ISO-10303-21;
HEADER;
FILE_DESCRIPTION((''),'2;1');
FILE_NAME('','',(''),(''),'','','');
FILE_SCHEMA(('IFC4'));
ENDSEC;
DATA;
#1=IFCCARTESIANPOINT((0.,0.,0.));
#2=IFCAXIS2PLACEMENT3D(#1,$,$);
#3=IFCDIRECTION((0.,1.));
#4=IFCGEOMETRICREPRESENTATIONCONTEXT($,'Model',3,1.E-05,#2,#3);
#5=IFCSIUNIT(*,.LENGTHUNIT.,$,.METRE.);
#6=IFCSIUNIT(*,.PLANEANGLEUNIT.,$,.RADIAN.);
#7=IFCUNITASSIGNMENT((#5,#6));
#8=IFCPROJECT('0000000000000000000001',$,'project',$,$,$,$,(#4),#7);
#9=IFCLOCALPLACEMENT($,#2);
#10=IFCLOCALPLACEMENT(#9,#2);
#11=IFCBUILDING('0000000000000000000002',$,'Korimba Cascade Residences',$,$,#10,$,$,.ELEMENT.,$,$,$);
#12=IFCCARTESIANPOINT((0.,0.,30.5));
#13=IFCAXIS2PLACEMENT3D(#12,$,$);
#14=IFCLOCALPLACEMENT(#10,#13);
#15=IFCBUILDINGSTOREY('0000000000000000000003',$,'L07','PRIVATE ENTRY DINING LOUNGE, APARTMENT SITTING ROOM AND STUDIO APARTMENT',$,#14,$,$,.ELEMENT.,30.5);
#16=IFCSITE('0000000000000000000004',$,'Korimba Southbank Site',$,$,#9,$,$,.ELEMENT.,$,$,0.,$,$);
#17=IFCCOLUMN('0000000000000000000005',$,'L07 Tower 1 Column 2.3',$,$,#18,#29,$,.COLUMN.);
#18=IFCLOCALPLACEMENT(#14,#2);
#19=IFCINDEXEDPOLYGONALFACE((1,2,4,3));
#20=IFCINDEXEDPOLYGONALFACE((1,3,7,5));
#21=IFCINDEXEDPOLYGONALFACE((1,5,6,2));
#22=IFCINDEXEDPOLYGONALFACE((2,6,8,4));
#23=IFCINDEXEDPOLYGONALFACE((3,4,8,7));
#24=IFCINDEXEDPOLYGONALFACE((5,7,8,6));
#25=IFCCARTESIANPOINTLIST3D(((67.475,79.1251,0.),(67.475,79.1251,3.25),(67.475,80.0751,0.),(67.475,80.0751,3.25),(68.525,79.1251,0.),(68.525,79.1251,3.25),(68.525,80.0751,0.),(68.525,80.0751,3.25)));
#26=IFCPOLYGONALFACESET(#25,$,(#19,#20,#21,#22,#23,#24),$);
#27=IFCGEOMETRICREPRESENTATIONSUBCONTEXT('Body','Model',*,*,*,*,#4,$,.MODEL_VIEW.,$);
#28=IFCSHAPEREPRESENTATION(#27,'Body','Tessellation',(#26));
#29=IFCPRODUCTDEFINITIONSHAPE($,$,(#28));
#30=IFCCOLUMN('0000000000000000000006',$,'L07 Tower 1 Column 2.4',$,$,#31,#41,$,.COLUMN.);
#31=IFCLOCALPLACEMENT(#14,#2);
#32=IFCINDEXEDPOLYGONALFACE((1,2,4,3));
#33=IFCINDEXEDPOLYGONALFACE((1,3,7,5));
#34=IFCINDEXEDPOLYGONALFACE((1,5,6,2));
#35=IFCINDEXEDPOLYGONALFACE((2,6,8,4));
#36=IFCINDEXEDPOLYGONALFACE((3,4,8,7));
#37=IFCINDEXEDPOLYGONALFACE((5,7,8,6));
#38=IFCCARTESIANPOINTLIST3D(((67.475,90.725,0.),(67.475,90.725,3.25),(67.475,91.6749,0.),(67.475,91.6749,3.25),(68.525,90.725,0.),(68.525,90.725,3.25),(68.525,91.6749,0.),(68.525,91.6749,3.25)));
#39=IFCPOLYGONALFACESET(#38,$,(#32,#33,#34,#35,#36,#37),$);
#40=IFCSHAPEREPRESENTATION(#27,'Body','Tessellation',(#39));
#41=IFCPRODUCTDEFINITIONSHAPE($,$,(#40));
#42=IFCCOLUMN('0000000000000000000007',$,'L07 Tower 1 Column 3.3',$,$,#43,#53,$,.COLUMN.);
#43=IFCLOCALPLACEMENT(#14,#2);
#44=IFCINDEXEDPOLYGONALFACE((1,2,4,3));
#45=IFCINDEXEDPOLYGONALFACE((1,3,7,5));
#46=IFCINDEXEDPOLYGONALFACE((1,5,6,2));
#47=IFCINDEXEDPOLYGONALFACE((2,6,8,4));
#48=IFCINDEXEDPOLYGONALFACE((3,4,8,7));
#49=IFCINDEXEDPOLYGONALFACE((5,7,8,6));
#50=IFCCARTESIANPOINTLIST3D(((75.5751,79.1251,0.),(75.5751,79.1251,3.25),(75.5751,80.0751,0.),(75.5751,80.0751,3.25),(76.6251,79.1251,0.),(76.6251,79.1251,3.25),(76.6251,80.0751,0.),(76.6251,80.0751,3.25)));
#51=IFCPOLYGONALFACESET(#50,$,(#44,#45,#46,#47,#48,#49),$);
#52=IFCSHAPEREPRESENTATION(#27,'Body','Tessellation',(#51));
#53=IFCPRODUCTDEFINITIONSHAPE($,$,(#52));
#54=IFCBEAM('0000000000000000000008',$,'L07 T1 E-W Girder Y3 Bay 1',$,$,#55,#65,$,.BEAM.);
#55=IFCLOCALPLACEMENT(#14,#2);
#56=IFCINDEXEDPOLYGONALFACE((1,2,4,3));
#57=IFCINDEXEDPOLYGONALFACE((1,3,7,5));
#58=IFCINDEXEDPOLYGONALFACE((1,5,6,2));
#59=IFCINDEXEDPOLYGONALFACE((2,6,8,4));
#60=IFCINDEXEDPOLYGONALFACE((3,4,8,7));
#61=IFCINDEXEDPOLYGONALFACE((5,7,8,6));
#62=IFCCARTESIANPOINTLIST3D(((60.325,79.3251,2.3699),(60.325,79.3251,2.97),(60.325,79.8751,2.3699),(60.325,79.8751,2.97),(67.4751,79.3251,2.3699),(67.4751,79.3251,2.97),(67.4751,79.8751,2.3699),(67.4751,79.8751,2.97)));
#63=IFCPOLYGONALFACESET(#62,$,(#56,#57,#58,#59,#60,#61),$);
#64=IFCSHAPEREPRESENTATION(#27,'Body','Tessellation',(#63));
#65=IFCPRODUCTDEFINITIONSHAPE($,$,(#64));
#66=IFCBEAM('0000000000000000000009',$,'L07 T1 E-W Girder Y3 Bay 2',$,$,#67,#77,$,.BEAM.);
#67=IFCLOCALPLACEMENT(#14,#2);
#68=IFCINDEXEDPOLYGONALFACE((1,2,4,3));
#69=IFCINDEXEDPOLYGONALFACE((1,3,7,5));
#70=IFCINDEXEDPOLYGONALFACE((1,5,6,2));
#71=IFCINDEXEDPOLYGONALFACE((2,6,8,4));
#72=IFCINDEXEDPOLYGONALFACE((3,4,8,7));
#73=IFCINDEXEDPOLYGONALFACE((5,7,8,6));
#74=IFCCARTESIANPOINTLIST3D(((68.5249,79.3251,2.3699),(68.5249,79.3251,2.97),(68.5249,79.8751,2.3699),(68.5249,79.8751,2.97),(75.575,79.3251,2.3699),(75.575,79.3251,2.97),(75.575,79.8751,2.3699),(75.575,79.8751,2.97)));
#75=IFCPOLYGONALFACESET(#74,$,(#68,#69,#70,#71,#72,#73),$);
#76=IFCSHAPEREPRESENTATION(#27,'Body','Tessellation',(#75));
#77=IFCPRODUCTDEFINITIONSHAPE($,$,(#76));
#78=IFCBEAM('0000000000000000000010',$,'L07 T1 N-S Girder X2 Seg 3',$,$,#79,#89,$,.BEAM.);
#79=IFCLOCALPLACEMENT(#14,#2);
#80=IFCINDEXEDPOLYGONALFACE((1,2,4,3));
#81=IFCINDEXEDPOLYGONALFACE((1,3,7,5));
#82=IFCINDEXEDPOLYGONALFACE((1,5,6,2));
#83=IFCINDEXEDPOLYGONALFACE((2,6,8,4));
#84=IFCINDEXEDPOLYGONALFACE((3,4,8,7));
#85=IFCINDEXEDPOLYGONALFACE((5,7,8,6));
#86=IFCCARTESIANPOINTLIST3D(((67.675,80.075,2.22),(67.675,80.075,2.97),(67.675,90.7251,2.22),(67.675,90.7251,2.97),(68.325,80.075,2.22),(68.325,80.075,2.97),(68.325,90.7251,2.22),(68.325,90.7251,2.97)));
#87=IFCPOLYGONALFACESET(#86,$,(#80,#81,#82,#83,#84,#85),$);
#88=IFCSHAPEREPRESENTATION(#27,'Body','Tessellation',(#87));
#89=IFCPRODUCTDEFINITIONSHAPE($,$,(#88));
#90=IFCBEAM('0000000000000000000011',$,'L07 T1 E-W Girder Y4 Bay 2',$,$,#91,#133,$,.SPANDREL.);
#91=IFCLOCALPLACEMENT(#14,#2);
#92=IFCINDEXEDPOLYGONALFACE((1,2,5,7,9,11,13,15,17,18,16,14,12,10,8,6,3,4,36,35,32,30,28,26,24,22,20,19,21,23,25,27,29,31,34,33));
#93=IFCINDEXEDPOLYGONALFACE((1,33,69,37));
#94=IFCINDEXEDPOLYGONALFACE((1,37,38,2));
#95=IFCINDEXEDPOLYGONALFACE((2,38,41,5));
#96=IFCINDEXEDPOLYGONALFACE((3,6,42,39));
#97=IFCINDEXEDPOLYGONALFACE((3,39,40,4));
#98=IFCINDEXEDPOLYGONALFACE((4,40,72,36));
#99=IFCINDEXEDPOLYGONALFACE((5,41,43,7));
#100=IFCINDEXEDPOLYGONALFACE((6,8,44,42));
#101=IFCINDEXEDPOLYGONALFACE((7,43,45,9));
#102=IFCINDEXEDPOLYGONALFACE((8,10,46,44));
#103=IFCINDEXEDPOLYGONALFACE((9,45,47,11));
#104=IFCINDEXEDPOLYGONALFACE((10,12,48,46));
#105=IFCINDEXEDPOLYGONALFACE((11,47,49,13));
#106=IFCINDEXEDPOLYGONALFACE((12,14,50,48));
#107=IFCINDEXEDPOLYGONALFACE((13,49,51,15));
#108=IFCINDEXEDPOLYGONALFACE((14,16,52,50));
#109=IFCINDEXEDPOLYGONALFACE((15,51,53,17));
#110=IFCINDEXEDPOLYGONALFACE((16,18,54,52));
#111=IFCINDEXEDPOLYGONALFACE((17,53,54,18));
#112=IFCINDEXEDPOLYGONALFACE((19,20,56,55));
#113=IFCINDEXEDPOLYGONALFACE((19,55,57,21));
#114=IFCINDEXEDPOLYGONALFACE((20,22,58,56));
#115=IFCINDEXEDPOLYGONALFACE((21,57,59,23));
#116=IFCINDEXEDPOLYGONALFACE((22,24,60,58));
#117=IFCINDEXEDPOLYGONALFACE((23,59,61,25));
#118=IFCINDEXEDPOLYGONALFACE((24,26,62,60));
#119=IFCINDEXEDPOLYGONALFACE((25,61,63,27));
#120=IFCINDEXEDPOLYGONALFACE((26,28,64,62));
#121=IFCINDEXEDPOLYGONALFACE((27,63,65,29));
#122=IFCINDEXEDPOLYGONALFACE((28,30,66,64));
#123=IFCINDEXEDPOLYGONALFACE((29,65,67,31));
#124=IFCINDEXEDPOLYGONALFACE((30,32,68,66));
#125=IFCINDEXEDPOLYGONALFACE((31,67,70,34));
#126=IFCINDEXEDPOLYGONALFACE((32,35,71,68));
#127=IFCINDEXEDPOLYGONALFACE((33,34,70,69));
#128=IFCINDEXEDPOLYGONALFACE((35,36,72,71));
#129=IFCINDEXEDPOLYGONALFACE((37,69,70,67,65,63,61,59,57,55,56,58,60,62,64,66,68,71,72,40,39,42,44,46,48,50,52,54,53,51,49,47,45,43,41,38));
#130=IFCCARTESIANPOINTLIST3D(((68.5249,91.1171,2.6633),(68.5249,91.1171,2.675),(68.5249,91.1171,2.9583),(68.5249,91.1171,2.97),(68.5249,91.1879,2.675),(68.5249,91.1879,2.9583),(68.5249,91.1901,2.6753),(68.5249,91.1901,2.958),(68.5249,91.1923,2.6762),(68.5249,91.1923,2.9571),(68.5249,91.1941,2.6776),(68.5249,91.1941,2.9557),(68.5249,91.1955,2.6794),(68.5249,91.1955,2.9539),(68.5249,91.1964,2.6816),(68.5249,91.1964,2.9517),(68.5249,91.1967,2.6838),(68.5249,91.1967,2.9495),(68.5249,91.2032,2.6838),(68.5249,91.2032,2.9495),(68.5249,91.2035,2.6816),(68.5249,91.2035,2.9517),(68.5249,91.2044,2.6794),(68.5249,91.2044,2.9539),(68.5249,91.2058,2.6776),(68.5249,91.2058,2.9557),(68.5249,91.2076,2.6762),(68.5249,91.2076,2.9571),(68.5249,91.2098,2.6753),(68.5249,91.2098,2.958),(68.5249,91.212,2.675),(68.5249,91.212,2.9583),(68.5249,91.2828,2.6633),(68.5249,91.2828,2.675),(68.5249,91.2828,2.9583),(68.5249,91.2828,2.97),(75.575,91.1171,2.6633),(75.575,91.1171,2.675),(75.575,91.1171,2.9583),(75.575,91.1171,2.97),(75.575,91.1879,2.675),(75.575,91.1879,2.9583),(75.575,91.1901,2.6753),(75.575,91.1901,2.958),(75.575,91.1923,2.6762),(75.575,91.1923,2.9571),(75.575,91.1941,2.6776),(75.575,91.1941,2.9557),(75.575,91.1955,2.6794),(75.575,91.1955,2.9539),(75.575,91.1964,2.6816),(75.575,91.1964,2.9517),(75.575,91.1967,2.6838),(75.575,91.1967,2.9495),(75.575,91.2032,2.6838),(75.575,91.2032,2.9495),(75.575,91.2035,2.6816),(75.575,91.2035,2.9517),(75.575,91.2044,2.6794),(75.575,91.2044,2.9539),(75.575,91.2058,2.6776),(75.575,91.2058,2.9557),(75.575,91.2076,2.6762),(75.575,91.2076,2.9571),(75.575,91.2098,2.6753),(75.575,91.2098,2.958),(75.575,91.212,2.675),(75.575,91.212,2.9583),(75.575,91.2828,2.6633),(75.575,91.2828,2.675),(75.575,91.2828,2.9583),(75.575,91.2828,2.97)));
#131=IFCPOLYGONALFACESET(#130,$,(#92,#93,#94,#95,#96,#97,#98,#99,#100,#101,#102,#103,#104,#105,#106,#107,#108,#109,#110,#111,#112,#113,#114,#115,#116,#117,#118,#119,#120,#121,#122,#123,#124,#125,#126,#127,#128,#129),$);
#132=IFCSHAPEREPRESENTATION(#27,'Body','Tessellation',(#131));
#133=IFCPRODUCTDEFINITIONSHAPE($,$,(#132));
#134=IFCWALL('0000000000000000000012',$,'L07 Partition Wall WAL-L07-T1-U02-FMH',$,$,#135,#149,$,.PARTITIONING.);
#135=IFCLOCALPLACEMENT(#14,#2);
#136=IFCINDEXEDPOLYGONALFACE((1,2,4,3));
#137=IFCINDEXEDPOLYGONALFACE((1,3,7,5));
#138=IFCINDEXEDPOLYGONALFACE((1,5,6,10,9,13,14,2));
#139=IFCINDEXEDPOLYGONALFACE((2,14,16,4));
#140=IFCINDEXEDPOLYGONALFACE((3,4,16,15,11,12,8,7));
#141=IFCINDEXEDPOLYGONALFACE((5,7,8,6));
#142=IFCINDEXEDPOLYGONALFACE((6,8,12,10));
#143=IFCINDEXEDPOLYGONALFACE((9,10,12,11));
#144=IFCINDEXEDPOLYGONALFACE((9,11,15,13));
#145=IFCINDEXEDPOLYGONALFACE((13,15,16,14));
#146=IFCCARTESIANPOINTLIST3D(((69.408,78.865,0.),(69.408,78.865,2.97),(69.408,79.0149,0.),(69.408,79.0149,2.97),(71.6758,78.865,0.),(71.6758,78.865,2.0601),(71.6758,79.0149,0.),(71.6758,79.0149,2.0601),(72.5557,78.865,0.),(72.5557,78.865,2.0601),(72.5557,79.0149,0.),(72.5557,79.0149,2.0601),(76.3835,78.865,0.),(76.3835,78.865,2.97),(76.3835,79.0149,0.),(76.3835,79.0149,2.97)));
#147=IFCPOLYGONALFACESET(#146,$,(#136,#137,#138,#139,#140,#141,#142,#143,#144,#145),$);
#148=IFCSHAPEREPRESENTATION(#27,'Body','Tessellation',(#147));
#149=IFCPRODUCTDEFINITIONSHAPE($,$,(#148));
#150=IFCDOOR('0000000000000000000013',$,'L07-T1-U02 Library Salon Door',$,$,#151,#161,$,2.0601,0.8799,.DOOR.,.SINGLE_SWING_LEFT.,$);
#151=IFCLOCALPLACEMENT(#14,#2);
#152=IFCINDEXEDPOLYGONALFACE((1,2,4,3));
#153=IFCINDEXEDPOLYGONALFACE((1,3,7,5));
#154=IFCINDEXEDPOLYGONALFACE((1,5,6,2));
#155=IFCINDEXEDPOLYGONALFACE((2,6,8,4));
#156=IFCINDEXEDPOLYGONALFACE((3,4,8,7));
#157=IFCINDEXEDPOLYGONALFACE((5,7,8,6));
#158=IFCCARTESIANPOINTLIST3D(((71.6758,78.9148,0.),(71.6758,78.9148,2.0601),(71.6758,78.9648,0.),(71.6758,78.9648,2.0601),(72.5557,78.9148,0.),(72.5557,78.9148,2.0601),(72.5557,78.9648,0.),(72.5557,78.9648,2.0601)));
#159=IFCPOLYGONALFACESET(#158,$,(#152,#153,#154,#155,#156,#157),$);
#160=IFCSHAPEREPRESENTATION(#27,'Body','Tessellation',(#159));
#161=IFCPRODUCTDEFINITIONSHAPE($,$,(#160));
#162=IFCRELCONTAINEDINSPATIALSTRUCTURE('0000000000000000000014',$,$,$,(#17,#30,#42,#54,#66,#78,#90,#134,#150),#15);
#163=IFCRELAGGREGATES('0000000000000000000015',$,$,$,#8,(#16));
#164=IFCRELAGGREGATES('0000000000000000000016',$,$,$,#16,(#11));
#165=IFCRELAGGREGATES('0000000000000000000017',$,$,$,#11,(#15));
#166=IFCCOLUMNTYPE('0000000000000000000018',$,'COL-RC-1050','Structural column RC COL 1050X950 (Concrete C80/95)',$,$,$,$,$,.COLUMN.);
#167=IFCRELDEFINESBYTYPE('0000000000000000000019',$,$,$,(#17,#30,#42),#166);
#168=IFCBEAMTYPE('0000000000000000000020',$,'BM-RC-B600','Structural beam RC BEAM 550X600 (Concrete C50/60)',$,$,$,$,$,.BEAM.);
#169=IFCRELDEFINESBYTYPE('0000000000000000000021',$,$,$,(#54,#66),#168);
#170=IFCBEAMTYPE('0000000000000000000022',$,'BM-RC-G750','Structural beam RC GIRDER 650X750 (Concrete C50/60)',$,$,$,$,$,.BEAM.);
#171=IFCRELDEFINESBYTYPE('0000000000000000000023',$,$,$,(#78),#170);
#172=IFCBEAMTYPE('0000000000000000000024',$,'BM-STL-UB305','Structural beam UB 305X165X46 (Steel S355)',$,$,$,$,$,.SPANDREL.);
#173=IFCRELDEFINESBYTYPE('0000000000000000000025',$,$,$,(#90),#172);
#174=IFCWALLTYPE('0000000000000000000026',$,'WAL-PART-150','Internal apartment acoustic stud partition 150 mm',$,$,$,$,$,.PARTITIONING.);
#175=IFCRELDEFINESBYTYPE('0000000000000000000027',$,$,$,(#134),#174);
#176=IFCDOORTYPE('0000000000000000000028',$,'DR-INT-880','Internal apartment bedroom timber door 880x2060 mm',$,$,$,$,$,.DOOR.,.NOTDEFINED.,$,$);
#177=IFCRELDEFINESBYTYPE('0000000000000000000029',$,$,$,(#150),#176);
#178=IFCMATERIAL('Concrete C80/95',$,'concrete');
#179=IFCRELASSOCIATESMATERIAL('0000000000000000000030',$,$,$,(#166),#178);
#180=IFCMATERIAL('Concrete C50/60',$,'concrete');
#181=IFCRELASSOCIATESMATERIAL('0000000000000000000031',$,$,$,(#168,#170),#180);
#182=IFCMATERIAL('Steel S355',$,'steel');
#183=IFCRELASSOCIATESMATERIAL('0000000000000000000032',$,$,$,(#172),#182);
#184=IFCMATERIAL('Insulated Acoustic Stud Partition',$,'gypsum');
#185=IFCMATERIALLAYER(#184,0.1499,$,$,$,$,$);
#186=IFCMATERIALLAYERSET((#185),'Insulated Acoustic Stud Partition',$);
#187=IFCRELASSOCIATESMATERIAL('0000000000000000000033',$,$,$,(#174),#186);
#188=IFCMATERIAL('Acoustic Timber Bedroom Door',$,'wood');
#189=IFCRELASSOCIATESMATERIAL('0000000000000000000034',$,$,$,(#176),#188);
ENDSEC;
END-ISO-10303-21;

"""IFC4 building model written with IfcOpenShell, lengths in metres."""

from ifc_helpers import new_model, si_unit, direction, frame, frame_2d, origin, origin_2d, place, context, subcontext, project, spatial, rectangle, i_section, extrude, material, layer, layer_set, material_profile, profile_set, type_object, element, fill, save


model = new_model("IFC4")

# Units and contexts
model_context = context("Model", 3, precision=1e-05, world=origin(), true_north=direction((0.0, 1.0)))
body_context = subcontext(model_context, "Body", "Model", "MODEL_VIEW")
ifc_project = project(units=[si_unit("LENGTHUNIT", "METRE"), si_unit("PLANEANGLEUNIT", "RADIAN")], contexts=[model_context])

# Site, building, storey
site_placement = place(None, origin())
site = spatial("IfcSite", under=ifc_project, at=site_placement, Name="Korimba Southbank Site", CompositionType="ELEMENT", RefElevation=0.0)
building_placement = place(site_placement, origin())
building = spatial("IfcBuilding", under=site, at=building_placement, Name="Korimba Cascade Residences", CompositionType="ELEMENT")
storey_placement = place(building_placement, frame((0.0, 0.0, 30.5)))
storey = spatial("IfcBuildingStorey", under=building, at=storey_placement, Name="L07", Description="PRIVATE ENTRY DINING LOUNGE, APARTMENT SITTING ROOM AND STUDIO APARTMENT", CompositionType="ELEMENT", Elevation=30.5)

# Columns
ifc_material_1 = material(Name="Concrete C80/95", Category="concrete")
ifc_material_profile_1 = material_profile(ifc_material_1, rectangle(XDim=1.05, YDim=0.95, at=origin_2d()), Name="Concrete C80/95")
ifc_profile_set_1 = profile_set([ifc_material_profile_1], Name="Concrete C80/95")
column_type = type_object("IfcColumnType", Name="COL-RC-1050", Description="Structural column RC COL 1050X950 (Concrete C80/95)", PredefinedType="COLUMN", material=ifc_profile_set_1)
for number, where, z_axis, x_axis, name in (
    (1, (68.0, 79.6001, 0.0), (0.0, 0.0, 1.0), (1.0, 0.0, 0.0), "L07 Tower 1 Column 2.3"),
    (2, (68.0, 91.2, 0.0), (0.0, 0.0, 1.0), (1.0, 0.0, 0.0), "L07 Tower 1 Column 2.4"),
    (3, (76.1001, 79.6001, 0.0), (0.0, 0.0, 1.0), (1.0, 0.0, 0.0), "L07 Tower 1 Column 3.3"),
):
    element("IfcColumn", number, at=place(storey_placement, frame(where, z_axis=z_axis, x_axis=x_axis)), inside=storey, type_object=column_type, Name=name, PredefinedType="COLUMN", context=body_context, shape_type="SweptSolid", body=[
        extrude(rectangle(XDim=1.05, YDim=0.95, at=origin_2d()), origin(), (0.0, 0.0, 1.0), 3.25),
    ])

# Beams
ifc_material_2 = material(Name="Concrete C50/60", Category="concrete")
ifc_material_profile_2 = material_profile(ifc_material_2, rectangle(XDim=0.55, YDim=0.6001, at=origin_2d()), Name="Concrete C50/60")
ifc_profile_set_2 = profile_set([ifc_material_profile_2], Name="Concrete C50/60")
beam_type_1 = type_object("IfcBeamType", Name="BM-RC-B600", Description="Structural beam RC BEAM 550X600 (Concrete C50/60)", PredefinedType="BEAM", material=ifc_profile_set_2)
beam_1_placement = place(storey_placement, frame((60.325, 79.6001, 2.6699), z_axis=(1.0, 0.0, 0.0), x_axis=(0.0, 1.0, 0.0)))
element("IfcBeam", 4, at=beam_1_placement, inside=storey, type_object=beam_type_1, Name="L07 T1 E-W Girder Y3 Bay 1", PredefinedType="BEAM", context=body_context, shape_type="SweptSolid", body=[
    extrude(rectangle(XDim=0.55, YDim=0.6001, at=origin_2d()), origin(), (0.0, 0.0, 1.0), 7.1501),
])
beam_2_placement = place(storey_placement, frame((68.5249, 79.6001, 2.6699), z_axis=(1.0, 0.0, 0.0), x_axis=(0.0, 1.0, 0.0)))
element("IfcBeam", 5, at=beam_2_placement, inside=storey, type_object=beam_type_1, Name="L07 T1 E-W Girder Y3 Bay 2", PredefinedType="BEAM", context=body_context, shape_type="SweptSolid", body=[
    extrude(rectangle(XDim=0.55, YDim=0.6001, at=origin_2d()), origin(), (0.0, 0.0, 1.0), 7.05),
])
ifc_material_profile_3 = material_profile(ifc_material_2, rectangle(XDim=0.6499, YDim=0.75, at=origin_2d()), Name="Concrete C50/60")
ifc_profile_set_3 = profile_set([ifc_material_profile_3], Name="Concrete C50/60")
beam_type_2 = type_object("IfcBeamType", Name="BM-RC-G750", Description="Structural beam RC GIRDER 650X750 (Concrete C50/60)", PredefinedType="BEAM", material=ifc_profile_set_3)
beam_3_placement = place(storey_placement, frame((68.0, 80.075, 2.595), z_axis=(0.0, 1.0, 0.0), x_axis=(-1.0, 0.0, 0.0)))
element("IfcBeam", 6, at=beam_3_placement, inside=storey, type_object=beam_type_2, Name="L07 T1 N-S Girder X2 Seg 3", PredefinedType="BEAM", context=body_context, shape_type="SweptSolid", body=[
    extrude(rectangle(XDim=0.6499, YDim=0.75, at=origin_2d()), origin(), (0.0, 0.0, 1.0), 10.6501),
])
ifc_material_3 = material(Name="Steel S355", Category="steel")
ifc_material_profile_4 = material_profile(ifc_material_3, i_section(OverallWidth=0.1658, OverallDepth=0.3066, WebThickness=0.0066, FlangeThickness=0.0117, FilletRadius=0.0088, at=origin_2d()), Name="Steel S355")
ifc_profile_set_4 = profile_set([ifc_material_profile_4], Name="Steel S355")
beam_type_3 = type_object("IfcBeamType", Name="BM-STL-UB305", Description="Structural beam UB 305X165X46 (Steel S355)", PredefinedType="SPANDREL", material=ifc_profile_set_4)
beam_4_placement = place(storey_placement, frame((68.5249, 91.2, 2.8167), z_axis=(1.0, 0.0, 0.0), x_axis=(0.0, 1.0, 0.0)))
element("IfcBeam", 7, at=beam_4_placement, inside=storey, type_object=beam_type_3, Name="L07 T1 E-W Girder Y4 Bay 2", PredefinedType="SPANDREL", context=body_context, shape_type="SweptSolid", body=[
    extrude(i_section(OverallWidth=0.1658, OverallDepth=0.3066, WebThickness=0.0066, FlangeThickness=0.0117, FilletRadius=0.0088, at=origin_2d()), origin(), (0.0, 0.0, 1.0), 7.05),
])

# Wall, opening, door
ifc_material_4 = material(Name="Insulated Acoustic Stud Partition", Category="gypsum")
ifc_layer = layer(ifc_material_4, 0.1499)
ifc_layer_set = layer_set([ifc_layer], Name="Insulated Acoustic Stud Partition")
wall_type = type_object("IfcWallType", Name="WAL-PART-150", Description="Internal apartment acoustic stud partition 150 mm", PredefinedType="PARTITIONING", material=ifc_layer_set)
wall_1_placement = place(storey_placement, frame((69.408, 78.9399, 0.0), z_axis=(0.0, 0.0, 1.0), x_axis=(1.0, 0.0, 0.0)))
wall_1 = element("IfcWall", 8, at=wall_1_placement, inside=storey, type_object=wall_type, Name="L07 Partition Wall WAL-L07-T1-U02-FMH", PredefinedType="PARTITIONING", context=body_context, shape_type="SweptSolid", body=[
    extrude(rectangle(XDim=6.9756, YDim=0.1499, at=frame_2d((3.4878, 0.0))), origin(), (0.0, 0.0, 1.0), 2.97),
])
opening_1_placement = place(wall_1_placement, frame((2.2678, 0.0, 0.0)))
opening_1 = element("IfcOpeningElement", 9, at=opening_1_placement, cuts=wall_1, PredefinedType="OPENING", context=body_context, shape_type="SweptSolid", body=[
    extrude(rectangle(XDim=0.8799, YDim=2.0601, at=frame_2d((0.4399, 1.03))), frame((0.0, 0.085, 0.0), z_axis=(0.0, -1.0, 0.0), x_axis=(1.0, 0.0, 0.0)), (0.0, 0.0, 1.0), 0.1699),
])
ifc_material_5 = material(Name="Acoustic Timber Bedroom Door", Category="wood")
door_type_1 = type_object("IfcDoorType", Name="DR-INT-880", Description="Internal apartment bedroom timber door 880x2060 mm", OperationType="NOTDEFINED", PredefinedType="DOOR", material=ifc_material_5)
door_1_placement = place(opening_1_placement, origin())
door_1 = element("IfcDoor", 10, at=door_1_placement, inside=storey, type_object=door_type_1, Name="L07-T1-U02 Library Salon Door", OperationType="SINGLE_SWING_LEFT", OverallHeight=2.0601, OverallWidth=0.8799, PredefinedType="DOOR", context=body_context, shape_type="SweptSolid", body=[
    extrude(rectangle(XDim=0.8799, YDim=2.0601, at=frame_2d((0.4399, 1.03))), frame((0.0, 0.0249, 0.0), z_axis=(0.0, -1.0, 0.0), x_axis=(1.0, 0.0, 0.0)), (0.0, 0.0, 1.0), 0.05),
])
fill(opening_1, door_1)

save(model, "model.ifc")
